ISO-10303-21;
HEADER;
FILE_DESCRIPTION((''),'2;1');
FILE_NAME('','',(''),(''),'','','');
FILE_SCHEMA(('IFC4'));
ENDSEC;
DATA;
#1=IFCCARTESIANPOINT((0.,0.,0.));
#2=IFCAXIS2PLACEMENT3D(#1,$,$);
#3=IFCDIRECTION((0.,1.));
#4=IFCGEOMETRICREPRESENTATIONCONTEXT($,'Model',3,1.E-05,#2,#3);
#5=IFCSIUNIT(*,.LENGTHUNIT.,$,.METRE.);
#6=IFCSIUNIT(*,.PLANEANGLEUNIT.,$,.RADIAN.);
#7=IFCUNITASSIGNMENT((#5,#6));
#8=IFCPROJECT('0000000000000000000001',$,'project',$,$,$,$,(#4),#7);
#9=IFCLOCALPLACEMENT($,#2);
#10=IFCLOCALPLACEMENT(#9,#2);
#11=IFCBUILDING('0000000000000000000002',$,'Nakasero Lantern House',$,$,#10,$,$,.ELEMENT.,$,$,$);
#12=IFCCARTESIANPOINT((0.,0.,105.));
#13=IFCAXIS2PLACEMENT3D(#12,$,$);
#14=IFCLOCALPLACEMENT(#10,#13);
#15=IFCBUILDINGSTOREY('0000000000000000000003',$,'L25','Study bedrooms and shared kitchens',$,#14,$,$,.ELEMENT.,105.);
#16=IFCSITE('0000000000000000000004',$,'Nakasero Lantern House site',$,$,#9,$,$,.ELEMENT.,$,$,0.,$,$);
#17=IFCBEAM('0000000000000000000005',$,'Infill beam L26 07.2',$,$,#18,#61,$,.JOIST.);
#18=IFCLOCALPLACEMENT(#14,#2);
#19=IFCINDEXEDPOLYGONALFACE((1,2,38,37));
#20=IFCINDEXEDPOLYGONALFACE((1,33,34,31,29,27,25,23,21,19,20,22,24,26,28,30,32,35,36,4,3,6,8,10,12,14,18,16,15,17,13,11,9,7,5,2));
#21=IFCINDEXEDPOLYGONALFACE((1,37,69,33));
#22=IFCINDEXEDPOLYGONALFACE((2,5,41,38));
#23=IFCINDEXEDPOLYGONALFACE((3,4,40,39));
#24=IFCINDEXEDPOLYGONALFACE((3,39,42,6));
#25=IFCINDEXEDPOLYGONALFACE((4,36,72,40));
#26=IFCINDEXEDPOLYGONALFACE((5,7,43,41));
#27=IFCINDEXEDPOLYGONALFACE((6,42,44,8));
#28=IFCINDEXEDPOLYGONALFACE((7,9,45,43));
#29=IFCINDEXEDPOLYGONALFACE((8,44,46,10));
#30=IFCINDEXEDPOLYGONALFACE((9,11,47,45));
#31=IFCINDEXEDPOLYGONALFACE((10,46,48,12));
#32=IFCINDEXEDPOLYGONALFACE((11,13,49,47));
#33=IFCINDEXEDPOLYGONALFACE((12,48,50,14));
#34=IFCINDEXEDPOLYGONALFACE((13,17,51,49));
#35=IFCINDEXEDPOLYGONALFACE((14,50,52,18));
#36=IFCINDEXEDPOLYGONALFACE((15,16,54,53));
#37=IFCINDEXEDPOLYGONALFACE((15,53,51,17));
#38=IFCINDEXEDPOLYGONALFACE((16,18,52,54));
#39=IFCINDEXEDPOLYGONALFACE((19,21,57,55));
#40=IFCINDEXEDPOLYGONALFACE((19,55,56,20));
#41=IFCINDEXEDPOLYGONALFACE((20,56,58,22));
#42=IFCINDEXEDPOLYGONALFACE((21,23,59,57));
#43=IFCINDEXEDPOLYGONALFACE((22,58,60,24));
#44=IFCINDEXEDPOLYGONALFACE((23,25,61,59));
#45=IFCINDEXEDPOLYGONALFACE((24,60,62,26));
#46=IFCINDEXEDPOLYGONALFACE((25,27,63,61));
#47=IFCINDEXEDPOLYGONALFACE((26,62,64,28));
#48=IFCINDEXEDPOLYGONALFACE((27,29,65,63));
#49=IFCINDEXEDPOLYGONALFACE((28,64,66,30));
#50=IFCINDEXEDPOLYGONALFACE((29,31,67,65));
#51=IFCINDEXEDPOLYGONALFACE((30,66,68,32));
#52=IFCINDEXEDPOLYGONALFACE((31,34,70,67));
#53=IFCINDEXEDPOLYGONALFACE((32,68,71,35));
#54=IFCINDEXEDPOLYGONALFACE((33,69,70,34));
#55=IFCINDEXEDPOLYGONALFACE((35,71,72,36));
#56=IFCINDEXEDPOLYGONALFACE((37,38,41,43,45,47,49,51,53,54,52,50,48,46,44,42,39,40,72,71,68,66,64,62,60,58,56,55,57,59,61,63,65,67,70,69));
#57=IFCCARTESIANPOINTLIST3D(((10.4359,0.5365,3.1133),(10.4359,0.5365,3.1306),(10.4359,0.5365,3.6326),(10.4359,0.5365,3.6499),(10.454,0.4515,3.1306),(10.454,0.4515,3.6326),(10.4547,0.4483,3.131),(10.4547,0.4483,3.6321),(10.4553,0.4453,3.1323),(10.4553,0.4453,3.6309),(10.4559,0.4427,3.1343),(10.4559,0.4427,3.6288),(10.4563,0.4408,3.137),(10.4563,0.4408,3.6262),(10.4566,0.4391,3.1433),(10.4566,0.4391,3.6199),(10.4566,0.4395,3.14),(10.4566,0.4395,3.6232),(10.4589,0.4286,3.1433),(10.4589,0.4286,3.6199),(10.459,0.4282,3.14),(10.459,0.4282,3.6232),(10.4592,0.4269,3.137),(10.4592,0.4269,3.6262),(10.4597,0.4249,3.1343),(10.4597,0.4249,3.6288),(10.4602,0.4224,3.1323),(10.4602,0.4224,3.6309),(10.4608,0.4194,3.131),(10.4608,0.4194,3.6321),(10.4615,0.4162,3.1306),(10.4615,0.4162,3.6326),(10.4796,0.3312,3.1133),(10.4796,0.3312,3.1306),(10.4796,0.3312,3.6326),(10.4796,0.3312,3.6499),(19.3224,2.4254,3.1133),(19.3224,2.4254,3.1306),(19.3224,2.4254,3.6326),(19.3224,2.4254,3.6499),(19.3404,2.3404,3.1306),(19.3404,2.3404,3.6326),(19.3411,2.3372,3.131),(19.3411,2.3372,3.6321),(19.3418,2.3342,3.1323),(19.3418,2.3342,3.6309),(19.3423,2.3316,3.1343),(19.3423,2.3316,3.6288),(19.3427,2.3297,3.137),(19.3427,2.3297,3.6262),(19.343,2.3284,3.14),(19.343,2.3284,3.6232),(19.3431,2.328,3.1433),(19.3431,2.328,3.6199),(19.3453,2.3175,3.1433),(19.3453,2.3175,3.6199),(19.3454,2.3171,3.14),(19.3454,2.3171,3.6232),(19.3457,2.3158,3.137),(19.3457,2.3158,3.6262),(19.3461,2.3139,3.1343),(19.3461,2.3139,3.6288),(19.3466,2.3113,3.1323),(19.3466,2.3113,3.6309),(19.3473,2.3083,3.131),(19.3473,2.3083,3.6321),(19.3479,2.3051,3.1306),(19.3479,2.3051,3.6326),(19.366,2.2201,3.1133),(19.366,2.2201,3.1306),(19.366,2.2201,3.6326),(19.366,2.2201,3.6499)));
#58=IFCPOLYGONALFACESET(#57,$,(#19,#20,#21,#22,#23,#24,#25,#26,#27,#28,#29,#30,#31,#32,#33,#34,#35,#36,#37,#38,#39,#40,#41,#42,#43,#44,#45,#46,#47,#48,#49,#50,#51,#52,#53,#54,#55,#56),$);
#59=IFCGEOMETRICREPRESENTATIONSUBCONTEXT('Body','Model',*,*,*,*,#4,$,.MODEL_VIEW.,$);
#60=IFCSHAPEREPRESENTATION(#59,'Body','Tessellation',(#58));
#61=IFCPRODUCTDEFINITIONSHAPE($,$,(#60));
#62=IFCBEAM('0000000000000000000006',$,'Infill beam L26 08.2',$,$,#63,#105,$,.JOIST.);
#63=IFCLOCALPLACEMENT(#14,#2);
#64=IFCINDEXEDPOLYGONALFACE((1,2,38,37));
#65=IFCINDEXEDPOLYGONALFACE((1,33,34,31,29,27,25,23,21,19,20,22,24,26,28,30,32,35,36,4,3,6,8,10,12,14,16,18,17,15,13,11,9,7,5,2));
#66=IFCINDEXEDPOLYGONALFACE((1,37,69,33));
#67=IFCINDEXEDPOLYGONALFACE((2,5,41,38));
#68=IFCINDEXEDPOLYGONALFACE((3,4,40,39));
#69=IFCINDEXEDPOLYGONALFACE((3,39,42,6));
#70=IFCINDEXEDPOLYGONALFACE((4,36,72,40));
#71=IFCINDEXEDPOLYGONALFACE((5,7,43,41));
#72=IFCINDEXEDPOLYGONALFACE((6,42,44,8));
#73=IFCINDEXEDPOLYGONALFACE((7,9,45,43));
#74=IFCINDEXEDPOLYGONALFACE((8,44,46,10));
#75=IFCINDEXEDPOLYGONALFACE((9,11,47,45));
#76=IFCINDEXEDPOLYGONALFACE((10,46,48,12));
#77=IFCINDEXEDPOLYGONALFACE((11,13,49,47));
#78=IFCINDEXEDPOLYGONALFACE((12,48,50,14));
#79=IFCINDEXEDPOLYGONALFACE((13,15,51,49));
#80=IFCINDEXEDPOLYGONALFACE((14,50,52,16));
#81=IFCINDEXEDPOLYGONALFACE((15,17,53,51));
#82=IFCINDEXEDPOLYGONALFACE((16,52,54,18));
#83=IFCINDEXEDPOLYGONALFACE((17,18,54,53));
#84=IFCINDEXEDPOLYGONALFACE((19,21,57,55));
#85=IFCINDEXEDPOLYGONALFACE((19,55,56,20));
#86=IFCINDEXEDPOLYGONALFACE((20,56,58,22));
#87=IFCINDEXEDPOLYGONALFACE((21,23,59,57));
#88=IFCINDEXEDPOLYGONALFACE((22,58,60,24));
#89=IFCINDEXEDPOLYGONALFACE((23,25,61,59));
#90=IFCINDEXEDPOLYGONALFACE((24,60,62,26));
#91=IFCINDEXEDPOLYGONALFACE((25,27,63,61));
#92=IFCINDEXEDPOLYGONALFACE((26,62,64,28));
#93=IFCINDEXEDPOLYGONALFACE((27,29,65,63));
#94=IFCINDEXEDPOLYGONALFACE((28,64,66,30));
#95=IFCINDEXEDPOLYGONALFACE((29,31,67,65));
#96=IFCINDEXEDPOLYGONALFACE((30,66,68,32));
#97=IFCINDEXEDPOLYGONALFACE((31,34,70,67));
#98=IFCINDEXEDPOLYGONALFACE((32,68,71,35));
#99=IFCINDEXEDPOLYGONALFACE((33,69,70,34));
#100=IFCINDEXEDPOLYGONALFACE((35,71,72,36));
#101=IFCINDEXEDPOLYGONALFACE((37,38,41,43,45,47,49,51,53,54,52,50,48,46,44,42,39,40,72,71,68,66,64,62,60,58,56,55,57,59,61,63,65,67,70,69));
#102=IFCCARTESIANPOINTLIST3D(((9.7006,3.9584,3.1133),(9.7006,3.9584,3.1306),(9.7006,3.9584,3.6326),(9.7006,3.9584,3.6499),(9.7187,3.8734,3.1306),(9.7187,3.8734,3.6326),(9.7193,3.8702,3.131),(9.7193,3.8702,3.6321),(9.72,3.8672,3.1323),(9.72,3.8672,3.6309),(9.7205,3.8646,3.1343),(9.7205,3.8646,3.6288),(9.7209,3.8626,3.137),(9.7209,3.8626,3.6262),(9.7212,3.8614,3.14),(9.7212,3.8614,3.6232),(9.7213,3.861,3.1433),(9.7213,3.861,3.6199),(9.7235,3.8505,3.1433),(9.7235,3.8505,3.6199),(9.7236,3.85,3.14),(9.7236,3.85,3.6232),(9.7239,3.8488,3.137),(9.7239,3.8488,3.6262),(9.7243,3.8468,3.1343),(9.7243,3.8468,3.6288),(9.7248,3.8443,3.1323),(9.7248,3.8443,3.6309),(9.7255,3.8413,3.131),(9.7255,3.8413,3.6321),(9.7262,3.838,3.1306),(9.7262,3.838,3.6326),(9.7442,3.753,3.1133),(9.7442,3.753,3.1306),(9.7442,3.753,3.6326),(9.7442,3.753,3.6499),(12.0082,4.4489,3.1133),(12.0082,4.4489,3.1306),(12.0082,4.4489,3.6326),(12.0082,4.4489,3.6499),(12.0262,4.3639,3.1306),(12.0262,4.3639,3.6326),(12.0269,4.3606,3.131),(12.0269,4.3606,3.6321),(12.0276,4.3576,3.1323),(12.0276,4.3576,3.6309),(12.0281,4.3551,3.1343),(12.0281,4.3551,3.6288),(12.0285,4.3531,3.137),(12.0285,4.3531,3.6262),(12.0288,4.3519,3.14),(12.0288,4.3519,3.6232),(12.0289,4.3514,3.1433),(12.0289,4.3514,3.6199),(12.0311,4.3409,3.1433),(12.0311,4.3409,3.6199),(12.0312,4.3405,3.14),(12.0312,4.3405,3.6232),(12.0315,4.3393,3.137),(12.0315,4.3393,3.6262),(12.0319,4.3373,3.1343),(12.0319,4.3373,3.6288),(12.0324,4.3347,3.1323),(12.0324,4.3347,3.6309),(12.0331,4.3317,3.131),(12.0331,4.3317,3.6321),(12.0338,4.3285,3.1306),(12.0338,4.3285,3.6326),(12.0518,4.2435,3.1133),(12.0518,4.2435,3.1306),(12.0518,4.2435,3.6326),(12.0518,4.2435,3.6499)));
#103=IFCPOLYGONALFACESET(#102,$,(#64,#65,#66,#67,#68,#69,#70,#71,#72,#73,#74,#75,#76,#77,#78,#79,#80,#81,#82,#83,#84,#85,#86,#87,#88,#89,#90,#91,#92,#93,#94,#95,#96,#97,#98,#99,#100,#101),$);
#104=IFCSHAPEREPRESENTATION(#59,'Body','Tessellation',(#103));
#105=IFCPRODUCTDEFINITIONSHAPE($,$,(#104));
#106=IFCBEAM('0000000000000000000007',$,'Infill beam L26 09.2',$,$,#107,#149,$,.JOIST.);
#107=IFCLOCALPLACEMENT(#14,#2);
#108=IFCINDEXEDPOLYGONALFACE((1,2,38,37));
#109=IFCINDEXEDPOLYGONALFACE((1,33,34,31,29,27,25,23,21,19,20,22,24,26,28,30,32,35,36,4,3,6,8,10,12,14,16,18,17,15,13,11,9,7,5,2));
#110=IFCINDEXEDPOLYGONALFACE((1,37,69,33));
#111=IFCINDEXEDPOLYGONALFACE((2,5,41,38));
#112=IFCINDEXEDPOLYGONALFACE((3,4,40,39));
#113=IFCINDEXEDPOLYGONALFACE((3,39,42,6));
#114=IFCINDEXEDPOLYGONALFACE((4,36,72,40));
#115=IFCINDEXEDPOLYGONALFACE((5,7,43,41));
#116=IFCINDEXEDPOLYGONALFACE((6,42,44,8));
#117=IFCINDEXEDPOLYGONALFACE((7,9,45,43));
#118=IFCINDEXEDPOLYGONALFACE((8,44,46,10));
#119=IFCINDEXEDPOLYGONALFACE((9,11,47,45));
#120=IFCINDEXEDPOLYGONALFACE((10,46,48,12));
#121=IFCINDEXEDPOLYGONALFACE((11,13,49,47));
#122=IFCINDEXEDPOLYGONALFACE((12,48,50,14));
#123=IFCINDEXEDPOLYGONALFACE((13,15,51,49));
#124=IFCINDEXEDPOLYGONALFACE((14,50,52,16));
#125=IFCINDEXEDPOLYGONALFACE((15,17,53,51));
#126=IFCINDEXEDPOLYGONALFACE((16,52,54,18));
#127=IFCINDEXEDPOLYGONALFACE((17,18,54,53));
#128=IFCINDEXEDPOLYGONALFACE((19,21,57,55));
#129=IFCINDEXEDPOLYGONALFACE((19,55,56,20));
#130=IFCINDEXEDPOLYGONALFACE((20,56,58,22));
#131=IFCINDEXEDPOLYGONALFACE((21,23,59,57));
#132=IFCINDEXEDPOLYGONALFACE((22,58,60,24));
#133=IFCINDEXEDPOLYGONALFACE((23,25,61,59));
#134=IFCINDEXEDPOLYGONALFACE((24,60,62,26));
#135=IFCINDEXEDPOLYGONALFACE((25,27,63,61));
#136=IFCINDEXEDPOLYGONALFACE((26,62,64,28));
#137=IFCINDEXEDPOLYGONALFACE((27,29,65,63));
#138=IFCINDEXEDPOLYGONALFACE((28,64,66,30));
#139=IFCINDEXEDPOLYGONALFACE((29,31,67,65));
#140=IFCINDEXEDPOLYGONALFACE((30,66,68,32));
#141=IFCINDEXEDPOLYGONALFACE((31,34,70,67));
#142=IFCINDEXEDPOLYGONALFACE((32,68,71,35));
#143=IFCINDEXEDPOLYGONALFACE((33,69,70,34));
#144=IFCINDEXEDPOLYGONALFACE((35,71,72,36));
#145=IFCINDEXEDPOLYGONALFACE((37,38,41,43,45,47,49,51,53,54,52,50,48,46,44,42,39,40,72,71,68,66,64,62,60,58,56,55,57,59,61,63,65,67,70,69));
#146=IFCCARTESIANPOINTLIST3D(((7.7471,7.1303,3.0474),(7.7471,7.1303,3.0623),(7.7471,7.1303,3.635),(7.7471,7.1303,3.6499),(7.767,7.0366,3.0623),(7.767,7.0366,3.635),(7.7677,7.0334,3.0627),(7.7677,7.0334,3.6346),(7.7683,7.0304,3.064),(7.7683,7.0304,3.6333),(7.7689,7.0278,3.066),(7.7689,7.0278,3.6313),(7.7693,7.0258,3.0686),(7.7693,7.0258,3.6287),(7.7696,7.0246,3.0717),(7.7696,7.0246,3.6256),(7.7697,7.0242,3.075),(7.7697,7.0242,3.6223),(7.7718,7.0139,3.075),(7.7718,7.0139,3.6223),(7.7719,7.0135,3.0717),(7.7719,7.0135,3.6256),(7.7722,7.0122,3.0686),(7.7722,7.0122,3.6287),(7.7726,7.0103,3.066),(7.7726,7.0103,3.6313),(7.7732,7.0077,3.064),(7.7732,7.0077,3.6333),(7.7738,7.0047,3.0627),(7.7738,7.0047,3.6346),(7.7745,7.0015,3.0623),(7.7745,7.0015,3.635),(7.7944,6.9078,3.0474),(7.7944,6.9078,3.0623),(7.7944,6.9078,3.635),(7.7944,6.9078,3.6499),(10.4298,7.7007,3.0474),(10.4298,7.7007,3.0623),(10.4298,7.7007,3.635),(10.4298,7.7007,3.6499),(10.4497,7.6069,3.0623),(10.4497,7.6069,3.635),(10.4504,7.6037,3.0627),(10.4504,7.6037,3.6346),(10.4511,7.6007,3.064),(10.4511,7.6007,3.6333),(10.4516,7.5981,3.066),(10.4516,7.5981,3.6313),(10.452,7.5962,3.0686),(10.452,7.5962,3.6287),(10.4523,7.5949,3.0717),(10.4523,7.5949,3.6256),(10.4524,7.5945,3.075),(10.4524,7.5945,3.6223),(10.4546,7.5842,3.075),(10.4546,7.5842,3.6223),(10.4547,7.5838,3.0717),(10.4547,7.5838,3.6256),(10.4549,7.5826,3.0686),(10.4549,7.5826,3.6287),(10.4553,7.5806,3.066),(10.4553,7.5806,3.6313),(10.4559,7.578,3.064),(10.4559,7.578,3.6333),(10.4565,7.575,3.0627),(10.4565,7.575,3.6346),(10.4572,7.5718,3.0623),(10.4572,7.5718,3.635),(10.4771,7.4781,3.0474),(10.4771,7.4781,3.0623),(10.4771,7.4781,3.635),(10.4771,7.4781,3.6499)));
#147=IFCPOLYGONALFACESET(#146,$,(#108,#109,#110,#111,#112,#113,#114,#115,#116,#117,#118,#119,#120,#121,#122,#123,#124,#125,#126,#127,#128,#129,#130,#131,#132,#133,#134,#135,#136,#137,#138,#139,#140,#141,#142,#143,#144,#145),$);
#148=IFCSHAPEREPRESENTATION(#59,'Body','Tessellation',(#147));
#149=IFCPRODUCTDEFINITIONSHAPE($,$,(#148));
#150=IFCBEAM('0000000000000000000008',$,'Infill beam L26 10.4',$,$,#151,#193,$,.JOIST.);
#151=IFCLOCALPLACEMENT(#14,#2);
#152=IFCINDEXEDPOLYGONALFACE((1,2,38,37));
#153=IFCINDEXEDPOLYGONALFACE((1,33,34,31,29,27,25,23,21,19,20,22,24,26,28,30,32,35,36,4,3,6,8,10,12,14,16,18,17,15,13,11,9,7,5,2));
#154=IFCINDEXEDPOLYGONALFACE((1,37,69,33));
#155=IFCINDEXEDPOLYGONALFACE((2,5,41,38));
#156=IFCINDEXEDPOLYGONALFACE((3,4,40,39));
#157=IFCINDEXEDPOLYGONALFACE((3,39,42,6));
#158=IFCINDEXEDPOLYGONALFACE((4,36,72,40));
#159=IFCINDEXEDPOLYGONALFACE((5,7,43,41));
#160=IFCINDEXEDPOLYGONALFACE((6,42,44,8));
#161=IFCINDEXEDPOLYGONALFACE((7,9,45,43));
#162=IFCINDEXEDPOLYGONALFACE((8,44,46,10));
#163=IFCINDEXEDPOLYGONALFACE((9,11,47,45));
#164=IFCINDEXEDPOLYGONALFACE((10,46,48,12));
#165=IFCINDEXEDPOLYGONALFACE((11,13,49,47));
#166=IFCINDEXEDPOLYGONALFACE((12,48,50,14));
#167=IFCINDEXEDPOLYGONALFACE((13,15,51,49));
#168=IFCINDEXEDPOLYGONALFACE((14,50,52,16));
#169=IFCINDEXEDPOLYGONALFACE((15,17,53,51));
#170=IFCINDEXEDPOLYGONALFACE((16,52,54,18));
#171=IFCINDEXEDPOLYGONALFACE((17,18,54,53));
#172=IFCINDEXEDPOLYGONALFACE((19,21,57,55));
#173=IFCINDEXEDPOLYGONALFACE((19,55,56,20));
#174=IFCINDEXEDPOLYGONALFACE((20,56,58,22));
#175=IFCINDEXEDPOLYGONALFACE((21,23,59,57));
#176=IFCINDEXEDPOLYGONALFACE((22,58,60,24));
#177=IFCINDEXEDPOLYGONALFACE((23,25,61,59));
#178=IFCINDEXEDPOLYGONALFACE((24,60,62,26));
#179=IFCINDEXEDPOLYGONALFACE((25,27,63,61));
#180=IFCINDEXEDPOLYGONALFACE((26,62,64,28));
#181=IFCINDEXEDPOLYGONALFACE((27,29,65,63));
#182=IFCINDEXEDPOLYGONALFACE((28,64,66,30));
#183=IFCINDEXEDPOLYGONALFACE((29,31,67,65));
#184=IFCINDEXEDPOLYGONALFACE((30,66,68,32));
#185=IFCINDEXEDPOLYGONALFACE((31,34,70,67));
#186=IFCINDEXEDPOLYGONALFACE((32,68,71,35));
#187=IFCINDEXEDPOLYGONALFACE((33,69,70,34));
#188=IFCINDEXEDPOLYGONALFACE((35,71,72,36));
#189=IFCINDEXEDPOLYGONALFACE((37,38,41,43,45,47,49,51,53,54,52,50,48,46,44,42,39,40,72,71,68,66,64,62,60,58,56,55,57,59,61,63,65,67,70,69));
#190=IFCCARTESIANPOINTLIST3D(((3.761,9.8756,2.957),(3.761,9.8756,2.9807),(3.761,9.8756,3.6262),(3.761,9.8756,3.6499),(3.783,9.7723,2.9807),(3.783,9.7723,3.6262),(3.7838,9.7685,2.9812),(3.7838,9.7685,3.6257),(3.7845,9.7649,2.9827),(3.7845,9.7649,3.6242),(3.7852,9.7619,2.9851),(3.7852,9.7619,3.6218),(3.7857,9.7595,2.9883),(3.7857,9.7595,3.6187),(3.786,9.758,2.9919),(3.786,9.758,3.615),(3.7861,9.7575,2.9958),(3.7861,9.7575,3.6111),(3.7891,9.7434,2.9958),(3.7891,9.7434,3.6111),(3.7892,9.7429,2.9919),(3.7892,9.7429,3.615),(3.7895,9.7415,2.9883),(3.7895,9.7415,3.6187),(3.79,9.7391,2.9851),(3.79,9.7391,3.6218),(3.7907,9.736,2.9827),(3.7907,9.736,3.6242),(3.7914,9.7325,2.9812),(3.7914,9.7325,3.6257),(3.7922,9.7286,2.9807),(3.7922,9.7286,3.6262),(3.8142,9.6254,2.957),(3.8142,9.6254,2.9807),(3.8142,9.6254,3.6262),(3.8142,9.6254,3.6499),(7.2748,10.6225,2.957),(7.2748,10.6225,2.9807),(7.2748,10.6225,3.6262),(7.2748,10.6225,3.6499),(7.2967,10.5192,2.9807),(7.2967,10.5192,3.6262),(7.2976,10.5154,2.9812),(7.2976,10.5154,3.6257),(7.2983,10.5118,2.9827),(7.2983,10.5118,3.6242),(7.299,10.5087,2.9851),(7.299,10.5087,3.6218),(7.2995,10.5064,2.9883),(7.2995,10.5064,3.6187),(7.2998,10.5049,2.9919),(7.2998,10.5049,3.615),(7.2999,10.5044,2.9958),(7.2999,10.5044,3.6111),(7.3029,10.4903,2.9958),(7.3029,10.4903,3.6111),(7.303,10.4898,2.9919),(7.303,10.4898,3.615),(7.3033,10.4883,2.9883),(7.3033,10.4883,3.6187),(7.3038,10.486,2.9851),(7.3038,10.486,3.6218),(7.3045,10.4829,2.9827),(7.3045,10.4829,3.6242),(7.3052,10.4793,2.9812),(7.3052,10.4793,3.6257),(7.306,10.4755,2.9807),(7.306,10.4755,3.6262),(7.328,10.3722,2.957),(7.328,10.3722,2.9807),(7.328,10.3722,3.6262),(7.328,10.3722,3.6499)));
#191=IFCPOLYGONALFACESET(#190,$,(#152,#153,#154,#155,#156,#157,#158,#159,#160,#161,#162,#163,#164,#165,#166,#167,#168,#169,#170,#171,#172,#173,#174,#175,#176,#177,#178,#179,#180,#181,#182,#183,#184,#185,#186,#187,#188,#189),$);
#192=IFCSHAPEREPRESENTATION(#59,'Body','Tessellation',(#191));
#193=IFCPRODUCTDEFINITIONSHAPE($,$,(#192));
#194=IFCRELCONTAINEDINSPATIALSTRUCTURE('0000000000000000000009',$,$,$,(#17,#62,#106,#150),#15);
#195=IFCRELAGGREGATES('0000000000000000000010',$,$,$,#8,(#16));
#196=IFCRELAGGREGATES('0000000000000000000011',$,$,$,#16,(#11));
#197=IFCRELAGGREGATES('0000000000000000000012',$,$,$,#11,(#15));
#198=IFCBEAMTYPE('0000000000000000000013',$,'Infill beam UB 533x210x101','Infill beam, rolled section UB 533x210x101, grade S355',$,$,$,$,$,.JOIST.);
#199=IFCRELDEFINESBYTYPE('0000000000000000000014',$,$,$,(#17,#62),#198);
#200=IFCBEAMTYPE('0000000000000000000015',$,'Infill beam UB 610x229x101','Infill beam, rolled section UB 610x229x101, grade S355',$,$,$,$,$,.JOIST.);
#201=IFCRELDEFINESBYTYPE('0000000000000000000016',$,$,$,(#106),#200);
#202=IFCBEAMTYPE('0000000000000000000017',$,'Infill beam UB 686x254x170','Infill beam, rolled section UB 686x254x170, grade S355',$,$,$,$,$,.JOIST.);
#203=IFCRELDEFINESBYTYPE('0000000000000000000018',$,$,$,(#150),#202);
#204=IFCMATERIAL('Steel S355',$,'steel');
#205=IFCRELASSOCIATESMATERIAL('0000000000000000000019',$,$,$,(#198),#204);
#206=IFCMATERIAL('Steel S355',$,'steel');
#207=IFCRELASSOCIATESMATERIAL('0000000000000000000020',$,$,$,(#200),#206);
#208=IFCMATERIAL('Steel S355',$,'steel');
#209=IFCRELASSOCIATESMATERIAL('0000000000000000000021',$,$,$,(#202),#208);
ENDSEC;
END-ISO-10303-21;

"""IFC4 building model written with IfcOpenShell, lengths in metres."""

from ifc_helpers import new_model, si_unit, direction, frame, origin, origin_2d, place, context, subcontext, project, spatial, i_section, extrude, material, material_profile, profile_set, type_object, element, save


model = new_model("IFC4")

# Units and contexts
model_context = context("Model", 3, precision=1e-05, world=origin(), true_north=direction((0.0, 1.0)))
body_context = subcontext(model_context, "Body", "Model", "MODEL_VIEW")
ifc_project = project(units=[si_unit("LENGTHUNIT", "METRE"), si_unit("PLANEANGLEUNIT", "RADIAN")], contexts=[model_context])

# Site, building, storey
site_placement = place(None, origin())
site = spatial("IfcSite", under=ifc_project, at=site_placement, Name="Nakasero Lantern House site", CompositionType="ELEMENT", RefElevation=0.0)
building_placement = place(site_placement, origin())
building = spatial("IfcBuilding", under=site, at=building_placement, Name="Nakasero Lantern House", CompositionType="ELEMENT")
storey_placement = place(building_placement, frame((0.0, 0.0, 105.0)))
storey = spatial("IfcBuildingStorey", under=building, at=storey_placement, Name="L25", Description="Study bedrooms and shared kitchens", CompositionType="ELEMENT", Elevation=105.0)

# Beams
ifc_material_1 = material(Name="Steel S355", Category="steel")
ifc_material_profile_1 = material_profile(ifc_material_1, i_section(OverallWidth=0.21, OverallDepth=0.5366, WebThickness=0.0107, FlangeThickness=0.0173, FilletRadius=0.0127, at=origin_2d()), Name="UB 533x210x101")
ifc_profile_set_1 = profile_set([ifc_material_profile_1], Name="Steel S355")
beam_type_1 = type_object("IfcBeamType", Name="Infill beam UB 533x210x101", Description="Infill beam, rolled section UB 533x210x101, grade S355", PredefinedType="JOIST", material=ifc_profile_set_1)
beam_1_placement = place(storey_placement, frame((10.4578, 0.4338, 3.3816), z_axis=(0.978147, 0.207916, 0.0), x_axis=(-0.207916, 0.978147, 0.0)))
element("IfcBeam", 1, at=beam_1_placement, inside=storey, type_object=beam_type_1, Name="Infill beam L26 07.2", PredefinedType="JOIST", context=body_context, shape_type="SweptSolid", body=[
    extrude(i_section(OverallWidth=0.21, OverallDepth=0.5366, WebThickness=0.0107, FlangeThickness=0.0173, FilletRadius=0.0127, at=origin_2d()), origin(), (0.0, 0.0, 1.0), 9.085),
])
beam_2_placement = place(storey_placement, frame((9.7224, 3.8557, 3.3816), z_axis=(0.978149, 0.207903, 0.0), x_axis=(-0.207903, 0.978149, 0.0)))
element("IfcBeam", 2, at=beam_2_placement, inside=storey, type_object=beam_type_1, Name="Infill beam L26 08.2", PredefinedType="JOIST", context=body_context, shape_type="SweptSolid", body=[
    extrude(i_section(OverallWidth=0.21, OverallDepth=0.5366, WebThickness=0.0107, FlangeThickness=0.0173, FilletRadius=0.0127, at=origin_2d()), origin(), (0.0, 0.0, 1.0), 2.3591),
])
ifc_material_2 = material(Name="Steel S355", Category="steel")
ifc_material_profile_2 = material_profile(ifc_material_2, i_section(OverallWidth=0.2275, OverallDepth=0.6025, WebThickness=0.0105, FlangeThickness=0.0149, FilletRadius=0.0127, at=origin_2d()), Name="UB 610x229x101")
ifc_profile_set_2 = profile_set([ifc_material_profile_2], Name="Steel S355")
beam_type_2 = type_object("IfcBeamType", Name="Infill beam UB 610x229x101", Description="Infill beam, rolled section UB 610x229x101, grade S355", PredefinedType="JOIST", material=ifc_profile_set_2)
beam_3_placement = place(storey_placement, frame((7.7708, 7.019, 3.3486), z_axis=(0.97814, 0.207948, 0.0), x_axis=(-0.207948, 0.97814, 0.0)))
element("IfcBeam", 3, at=beam_3_placement, inside=storey, type_object=beam_type_2, Name="Infill beam L26 09.2", PredefinedType="JOIST", context=body_context, shape_type="SweptSolid", body=[
    extrude(i_section(OverallWidth=0.2275, OverallDepth=0.6025, WebThickness=0.0105, FlangeThickness=0.0149, FilletRadius=0.0127, at=origin_2d()), origin(), (0.0, 0.0, 1.0), 2.7427),
])
ifc_material_3 = material(Name="Steel S355", Category="steel")
ifc_material_profile_3 = material_profile(ifc_material_3, i_section(OverallWidth=0.2559, OverallDepth=0.6929, WebThickness=0.0144, FlangeThickness=0.0237, FilletRadius=0.0151, at=origin_2d()), Name="UB 686x254x170")
ifc_profile_set_3 = profile_set([ifc_material_profile_3], Name="Steel S355")
beam_type_3 = type_object("IfcBeamType", Name="Infill beam UB 686x254x170", Description="Infill beam, rolled section UB 686x254x170, grade S355", PredefinedType="JOIST", material=ifc_profile_set_3)
beam_4_placement = place(storey_placement, frame((3.7876, 9.7505, 3.3035), z_axis=(0.978149, 0.207904, 0.0), x_axis=(-0.207904, 0.978149, 0.0)))
element("IfcBeam", 4, at=beam_4_placement, inside=storey, type_object=beam_type_3, Name="Infill beam L26 10.4", PredefinedType="JOIST", context=body_context, shape_type="SweptSolid", body=[
    extrude(i_section(OverallWidth=0.2559, OverallDepth=0.6929, WebThickness=0.0144, FlangeThickness=0.0237, FilletRadius=0.0151, at=origin_2d()), origin(), (0.0, 0.0, 1.0), 3.5923),
])

save(model, "model.ifc")
